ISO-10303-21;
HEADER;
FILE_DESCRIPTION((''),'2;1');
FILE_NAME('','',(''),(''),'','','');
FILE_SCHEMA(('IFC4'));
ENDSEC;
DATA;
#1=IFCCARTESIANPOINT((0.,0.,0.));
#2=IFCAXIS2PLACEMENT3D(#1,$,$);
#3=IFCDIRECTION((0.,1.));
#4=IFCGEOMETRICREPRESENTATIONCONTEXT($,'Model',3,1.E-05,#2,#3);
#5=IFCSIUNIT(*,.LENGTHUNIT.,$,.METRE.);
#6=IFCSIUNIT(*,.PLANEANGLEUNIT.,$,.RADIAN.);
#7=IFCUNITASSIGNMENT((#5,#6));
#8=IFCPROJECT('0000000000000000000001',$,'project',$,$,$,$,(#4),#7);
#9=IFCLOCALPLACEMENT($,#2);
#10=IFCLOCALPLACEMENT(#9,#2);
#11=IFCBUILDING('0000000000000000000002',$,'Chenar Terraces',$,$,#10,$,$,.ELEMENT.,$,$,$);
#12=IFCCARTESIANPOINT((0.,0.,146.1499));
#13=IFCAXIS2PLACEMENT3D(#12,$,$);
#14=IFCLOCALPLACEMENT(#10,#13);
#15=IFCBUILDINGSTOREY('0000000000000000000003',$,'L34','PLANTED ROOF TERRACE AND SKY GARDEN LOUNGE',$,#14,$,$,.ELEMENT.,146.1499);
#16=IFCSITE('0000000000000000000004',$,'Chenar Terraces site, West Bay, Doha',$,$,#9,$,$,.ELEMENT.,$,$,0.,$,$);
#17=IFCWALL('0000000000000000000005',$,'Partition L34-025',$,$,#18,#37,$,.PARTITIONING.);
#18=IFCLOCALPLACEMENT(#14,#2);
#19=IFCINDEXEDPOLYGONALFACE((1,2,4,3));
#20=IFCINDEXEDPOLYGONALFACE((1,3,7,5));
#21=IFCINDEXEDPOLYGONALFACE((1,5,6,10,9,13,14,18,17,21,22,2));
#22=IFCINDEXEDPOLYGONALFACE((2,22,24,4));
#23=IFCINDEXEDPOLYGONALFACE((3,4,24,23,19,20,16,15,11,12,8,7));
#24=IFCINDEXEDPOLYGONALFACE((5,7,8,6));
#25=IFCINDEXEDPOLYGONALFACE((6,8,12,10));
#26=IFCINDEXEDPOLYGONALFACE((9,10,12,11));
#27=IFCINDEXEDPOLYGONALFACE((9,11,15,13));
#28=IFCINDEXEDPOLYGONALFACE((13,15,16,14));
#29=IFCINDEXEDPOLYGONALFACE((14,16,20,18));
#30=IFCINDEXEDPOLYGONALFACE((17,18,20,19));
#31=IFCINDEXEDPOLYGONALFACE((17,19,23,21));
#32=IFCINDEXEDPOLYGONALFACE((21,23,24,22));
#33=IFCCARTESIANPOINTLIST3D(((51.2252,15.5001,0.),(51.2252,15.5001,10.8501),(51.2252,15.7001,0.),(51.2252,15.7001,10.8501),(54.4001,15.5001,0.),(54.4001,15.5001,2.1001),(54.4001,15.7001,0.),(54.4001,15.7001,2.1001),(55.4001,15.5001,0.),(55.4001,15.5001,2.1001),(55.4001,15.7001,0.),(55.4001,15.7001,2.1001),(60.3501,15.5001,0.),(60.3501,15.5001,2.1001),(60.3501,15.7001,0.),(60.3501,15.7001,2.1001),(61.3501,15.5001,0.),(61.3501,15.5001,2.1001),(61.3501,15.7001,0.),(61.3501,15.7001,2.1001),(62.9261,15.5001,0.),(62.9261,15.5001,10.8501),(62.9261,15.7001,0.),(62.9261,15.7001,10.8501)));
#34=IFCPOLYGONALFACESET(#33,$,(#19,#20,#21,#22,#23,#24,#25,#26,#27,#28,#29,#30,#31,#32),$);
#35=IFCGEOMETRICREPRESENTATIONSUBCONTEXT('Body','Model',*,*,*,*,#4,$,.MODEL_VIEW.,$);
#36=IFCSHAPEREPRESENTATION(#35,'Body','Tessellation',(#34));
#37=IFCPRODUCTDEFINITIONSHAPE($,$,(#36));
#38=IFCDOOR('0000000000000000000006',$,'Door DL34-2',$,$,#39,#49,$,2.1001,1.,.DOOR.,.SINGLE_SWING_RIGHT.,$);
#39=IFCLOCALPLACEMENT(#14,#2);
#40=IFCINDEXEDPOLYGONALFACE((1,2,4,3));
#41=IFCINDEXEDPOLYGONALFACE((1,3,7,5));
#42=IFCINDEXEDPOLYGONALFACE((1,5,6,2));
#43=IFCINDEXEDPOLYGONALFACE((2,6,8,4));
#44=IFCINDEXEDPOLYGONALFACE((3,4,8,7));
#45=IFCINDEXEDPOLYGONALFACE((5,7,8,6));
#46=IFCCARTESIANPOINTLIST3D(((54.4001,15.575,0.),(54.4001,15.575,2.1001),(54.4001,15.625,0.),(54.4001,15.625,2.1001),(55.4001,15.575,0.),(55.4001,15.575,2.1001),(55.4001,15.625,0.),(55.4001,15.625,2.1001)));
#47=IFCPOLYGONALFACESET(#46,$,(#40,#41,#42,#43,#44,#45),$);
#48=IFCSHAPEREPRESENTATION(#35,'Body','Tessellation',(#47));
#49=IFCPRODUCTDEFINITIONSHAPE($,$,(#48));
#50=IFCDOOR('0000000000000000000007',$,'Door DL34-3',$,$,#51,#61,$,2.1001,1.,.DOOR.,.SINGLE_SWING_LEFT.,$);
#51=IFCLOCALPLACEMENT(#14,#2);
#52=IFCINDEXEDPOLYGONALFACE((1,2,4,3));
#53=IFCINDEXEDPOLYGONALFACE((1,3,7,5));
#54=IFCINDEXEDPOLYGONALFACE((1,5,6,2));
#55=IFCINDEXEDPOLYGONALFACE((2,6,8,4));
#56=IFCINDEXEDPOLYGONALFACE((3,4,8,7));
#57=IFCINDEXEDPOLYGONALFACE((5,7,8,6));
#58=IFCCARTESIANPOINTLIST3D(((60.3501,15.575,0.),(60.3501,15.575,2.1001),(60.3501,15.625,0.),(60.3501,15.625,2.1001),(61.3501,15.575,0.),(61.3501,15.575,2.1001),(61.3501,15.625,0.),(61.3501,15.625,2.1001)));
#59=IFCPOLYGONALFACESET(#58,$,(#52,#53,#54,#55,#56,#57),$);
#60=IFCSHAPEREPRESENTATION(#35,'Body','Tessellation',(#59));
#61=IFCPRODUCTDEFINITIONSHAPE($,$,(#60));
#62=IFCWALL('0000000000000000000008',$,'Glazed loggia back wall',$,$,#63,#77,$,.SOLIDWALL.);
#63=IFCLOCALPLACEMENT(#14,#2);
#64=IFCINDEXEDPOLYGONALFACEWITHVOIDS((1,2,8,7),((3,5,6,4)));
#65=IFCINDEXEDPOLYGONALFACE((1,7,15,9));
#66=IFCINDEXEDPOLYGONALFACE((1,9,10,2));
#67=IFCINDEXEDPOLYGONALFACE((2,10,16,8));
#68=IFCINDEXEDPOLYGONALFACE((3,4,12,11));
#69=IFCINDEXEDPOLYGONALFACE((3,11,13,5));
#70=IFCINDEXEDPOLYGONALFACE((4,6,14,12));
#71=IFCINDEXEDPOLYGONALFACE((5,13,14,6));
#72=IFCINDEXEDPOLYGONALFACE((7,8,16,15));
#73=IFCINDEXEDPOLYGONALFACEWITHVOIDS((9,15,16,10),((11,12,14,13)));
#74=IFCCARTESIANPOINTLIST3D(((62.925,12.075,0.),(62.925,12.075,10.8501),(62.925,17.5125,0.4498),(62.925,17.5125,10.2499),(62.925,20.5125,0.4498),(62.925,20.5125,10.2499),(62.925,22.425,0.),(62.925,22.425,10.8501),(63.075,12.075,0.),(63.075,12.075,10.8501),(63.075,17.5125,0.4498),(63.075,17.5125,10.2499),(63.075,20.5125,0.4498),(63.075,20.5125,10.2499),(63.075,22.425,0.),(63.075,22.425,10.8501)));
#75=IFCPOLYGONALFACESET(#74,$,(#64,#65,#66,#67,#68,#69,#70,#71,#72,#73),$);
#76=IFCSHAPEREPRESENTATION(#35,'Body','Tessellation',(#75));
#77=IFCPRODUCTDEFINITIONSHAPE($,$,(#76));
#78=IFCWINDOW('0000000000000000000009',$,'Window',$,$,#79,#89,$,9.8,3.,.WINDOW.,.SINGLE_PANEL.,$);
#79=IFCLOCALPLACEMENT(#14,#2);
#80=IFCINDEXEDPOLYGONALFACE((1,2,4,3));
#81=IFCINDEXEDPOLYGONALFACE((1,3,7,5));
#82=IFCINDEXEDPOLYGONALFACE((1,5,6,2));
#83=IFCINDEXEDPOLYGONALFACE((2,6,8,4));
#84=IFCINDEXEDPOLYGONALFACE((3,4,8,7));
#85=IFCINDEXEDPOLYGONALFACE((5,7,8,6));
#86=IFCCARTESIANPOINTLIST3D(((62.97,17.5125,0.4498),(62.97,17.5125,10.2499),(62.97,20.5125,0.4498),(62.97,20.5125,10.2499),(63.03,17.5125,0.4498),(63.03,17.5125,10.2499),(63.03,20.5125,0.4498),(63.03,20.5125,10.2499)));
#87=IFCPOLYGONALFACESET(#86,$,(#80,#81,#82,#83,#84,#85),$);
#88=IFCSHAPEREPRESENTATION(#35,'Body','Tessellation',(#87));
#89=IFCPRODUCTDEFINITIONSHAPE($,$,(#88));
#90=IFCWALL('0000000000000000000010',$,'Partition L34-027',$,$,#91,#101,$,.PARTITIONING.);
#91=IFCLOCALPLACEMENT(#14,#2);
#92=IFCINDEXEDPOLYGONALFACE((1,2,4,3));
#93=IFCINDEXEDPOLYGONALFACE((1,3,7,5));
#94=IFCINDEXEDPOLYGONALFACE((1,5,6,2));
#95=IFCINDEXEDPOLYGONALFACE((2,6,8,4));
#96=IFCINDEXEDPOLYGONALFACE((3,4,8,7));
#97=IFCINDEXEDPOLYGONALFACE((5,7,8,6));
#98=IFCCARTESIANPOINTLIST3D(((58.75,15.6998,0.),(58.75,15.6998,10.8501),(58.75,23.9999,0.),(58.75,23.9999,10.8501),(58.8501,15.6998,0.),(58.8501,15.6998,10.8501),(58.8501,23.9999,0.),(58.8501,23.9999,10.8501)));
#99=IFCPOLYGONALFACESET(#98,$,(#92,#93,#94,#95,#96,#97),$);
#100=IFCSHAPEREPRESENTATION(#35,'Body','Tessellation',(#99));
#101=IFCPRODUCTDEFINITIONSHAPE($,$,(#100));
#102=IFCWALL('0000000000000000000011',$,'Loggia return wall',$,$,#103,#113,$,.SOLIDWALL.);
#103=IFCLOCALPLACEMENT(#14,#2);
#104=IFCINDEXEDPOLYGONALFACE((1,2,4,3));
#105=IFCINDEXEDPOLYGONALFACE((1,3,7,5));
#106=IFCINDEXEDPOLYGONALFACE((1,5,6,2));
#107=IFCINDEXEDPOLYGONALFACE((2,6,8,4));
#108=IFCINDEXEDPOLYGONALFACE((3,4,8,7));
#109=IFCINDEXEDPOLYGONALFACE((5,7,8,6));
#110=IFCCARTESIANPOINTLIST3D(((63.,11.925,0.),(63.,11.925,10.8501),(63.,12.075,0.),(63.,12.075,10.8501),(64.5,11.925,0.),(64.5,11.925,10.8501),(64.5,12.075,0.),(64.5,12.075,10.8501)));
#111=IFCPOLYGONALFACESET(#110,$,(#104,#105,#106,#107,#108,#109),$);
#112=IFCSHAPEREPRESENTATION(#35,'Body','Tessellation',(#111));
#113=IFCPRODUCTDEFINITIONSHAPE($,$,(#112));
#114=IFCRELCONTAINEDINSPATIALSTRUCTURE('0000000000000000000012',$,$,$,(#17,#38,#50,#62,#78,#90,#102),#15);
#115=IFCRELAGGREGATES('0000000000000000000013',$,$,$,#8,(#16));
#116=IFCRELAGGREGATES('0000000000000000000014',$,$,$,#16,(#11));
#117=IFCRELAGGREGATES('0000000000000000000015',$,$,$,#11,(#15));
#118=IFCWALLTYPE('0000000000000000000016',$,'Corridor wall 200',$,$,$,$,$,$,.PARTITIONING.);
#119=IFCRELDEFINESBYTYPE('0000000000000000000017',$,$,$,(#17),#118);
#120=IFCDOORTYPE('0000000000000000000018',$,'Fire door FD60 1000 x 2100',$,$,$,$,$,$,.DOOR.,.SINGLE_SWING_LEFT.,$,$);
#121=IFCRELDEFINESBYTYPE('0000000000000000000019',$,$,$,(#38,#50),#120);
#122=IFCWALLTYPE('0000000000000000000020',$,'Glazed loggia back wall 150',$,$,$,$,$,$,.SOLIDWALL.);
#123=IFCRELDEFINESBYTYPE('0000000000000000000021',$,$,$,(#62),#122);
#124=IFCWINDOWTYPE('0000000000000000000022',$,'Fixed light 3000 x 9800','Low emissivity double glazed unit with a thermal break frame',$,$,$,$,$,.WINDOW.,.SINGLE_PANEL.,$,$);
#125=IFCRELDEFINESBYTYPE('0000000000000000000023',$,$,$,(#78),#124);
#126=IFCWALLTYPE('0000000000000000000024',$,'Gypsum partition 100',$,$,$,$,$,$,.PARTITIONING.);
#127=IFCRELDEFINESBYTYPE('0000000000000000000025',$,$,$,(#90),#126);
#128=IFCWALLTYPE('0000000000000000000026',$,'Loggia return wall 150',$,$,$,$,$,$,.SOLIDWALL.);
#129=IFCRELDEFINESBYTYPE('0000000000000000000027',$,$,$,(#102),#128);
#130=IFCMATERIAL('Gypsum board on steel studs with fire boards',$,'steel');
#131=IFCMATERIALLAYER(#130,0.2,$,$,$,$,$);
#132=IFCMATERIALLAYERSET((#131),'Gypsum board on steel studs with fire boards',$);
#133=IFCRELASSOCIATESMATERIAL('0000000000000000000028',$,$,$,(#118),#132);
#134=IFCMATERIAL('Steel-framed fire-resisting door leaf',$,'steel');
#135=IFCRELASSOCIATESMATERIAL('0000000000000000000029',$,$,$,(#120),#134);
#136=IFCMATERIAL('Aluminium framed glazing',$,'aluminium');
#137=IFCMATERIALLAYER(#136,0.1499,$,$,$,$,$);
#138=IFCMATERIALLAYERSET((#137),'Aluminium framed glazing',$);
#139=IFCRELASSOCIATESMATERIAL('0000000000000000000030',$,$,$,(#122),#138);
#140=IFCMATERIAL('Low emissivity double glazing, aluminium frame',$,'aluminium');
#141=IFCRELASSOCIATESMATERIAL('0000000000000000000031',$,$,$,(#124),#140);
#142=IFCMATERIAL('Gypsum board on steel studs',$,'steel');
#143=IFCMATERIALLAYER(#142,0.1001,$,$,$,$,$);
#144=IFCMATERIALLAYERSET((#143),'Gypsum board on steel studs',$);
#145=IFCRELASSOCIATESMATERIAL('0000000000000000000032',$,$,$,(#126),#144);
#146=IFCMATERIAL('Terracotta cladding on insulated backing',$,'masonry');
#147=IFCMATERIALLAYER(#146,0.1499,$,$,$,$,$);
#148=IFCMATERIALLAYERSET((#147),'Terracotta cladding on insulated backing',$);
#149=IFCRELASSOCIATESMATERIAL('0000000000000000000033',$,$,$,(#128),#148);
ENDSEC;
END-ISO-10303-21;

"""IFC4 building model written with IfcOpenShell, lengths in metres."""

from ifc_helpers import new_model, si_unit, direction, frame, frame_2d, origin, place, context, subcontext, project, spatial, rectangle, extrude, material, layer, layer_set, type_object, element, fill, save


model = new_model("IFC4")

# Units and contexts
model_context = context("Model", 3, precision=1e-05, world=origin(), true_north=direction((0.0, 1.0)))
body_context = subcontext(model_context, "Body", "Model", "MODEL_VIEW")
ifc_project = project(units=[si_unit("LENGTHUNIT", "METRE"), si_unit("PLANEANGLEUNIT", "RADIAN")], contexts=[model_context])

# Site, building, storey
site_placement = place(None, origin())
site = spatial("IfcSite", under=ifc_project, at=site_placement, Name="Chenar Terraces site, West Bay, Doha", CompositionType="ELEMENT", RefElevation=0.0)
building_placement = place(site_placement, origin())
building = spatial("IfcBuilding", under=site, at=building_placement, Name="Chenar Terraces", CompositionType="ELEMENT")
storey_placement = place(building_placement, frame((0.0, 0.0, 146.1499)))
storey = spatial("IfcBuildingStorey", under=building, at=storey_placement, Name="L34", Description="PLANTED ROOF TERRACE AND SKY GARDEN LOUNGE", CompositionType="ELEMENT", Elevation=146.1499)

# Wall, openings, doors
ifc_material_1 = material(Name="Gypsum board on steel studs with fire boards", Category="steel")
ifc_layer_1 = layer(ifc_material_1, 0.2)
ifc_layer_set_1 = layer_set([ifc_layer_1], Name="Gypsum board on steel studs with fire boards")
wall_type_1 = type_object("IfcWallType", Name="Corridor wall 200", PredefinedType="PARTITIONING", material=ifc_layer_set_1)
wall_1_placement = place(storey_placement, frame((51.2251, 15.6001, 0.0), z_axis=(0.0, 0.0, 1.0), x_axis=(1.0, 0.0, 0.0)))
wall_1 = element("IfcWall", 1, at=wall_1_placement, inside=storey, type_object=wall_type_1, Name="Partition L34-025", PredefinedType="PARTITIONING", context=body_context, shape_type="SweptSolid", body=[
    extrude(rectangle(XDim=11.7009, YDim=0.2, at=frame_2d((5.8506, 0.0))), origin(), (0.0, 0.0, 1.0), 10.8501),
])
opening_1_placement = place(wall_1_placement, frame((3.175, 0.0, 0.0)))
opening_1 = element("IfcOpeningElement", 2, at=opening_1_placement, cuts=wall_1, PredefinedType="OPENING", context=body_context, shape_type="SweptSolid", body=[
    extrude(rectangle(XDim=1.0, YDim=2.1001, at=frame_2d((0.5, 1.05))), frame((0.0, 0.1099, 0.0), z_axis=(0.0, -1.0, 0.0), x_axis=(1.0, 0.0, 0.0)), (0.0, 0.0, 1.0), 0.22),
])
opening_2_placement = place(wall_1_placement, frame((9.125, 0.0, 0.0)))
opening_2 = element("IfcOpeningElement", 3, at=opening_2_placement, cuts=wall_1, PredefinedType="OPENING", context=body_context, shape_type="SweptSolid", body=[
    extrude(rectangle(XDim=1.0, YDim=2.1001, at=frame_2d((0.5, 1.05))), frame((0.0, 0.1099, 0.0), z_axis=(0.0, -1.0, 0.0), x_axis=(1.0, 0.0, 0.0)), (0.0, 0.0, 1.0), 0.22),
])
ifc_material_2 = material(Name="Steel-framed fire-resisting door leaf", Category="steel")
door_type = type_object("IfcDoorType", Name="Fire door FD60 1000 x 2100", OperationType="SINGLE_SWING_LEFT", PredefinedType="DOOR", material=ifc_material_2)
door_1_placement = place(opening_1_placement, origin())
door_1 = element("IfcDoor", 4, at=door_1_placement, inside=storey, type_object=door_type, Name="Door DL34-2", OperationType="SINGLE_SWING_RIGHT", OverallHeight=2.1001, OverallWidth=1.0, PredefinedType="DOOR", context=body_context, shape_type="SweptSolid", body=[
    extrude(rectangle(XDim=1.0, YDim=2.1001, at=frame_2d((0.5, 1.05))), frame((0.0, 0.0249, 0.0), z_axis=(0.0, -1.0, 0.0), x_axis=(1.0, 0.0, 0.0)), (0.0, 0.0, 1.0), 0.05),
])
fill(opening_1, door_1)
door_2_placement = place(opening_2_placement, origin())
door_2 = element("IfcDoor", 5, at=door_2_placement, inside=storey, type_object=door_type, Name="Door DL34-3", OperationType="SINGLE_SWING_LEFT", OverallHeight=2.1001, OverallWidth=1.0, PredefinedType="DOOR", context=body_context, shape_type="SweptSolid", body=[
    extrude(rectangle(XDim=1.0, YDim=2.1001, at=frame_2d((0.5, 1.05))), frame((0.0, 0.0249, 0.0), z_axis=(0.0, -1.0, 0.0), x_axis=(1.0, 0.0, 0.0)), (0.0, 0.0, 1.0), 0.05),
])
fill(opening_2, door_2)

# Wall, opening, window
ifc_material_3 = material(Name="Aluminium framed glazing", Category="aluminium")
ifc_layer_2 = layer(ifc_material_3, 0.1499)
ifc_layer_set_2 = layer_set([ifc_layer_2], Name="Aluminium framed glazing")
wall_type_2 = type_object("IfcWallType", Name="Glazed loggia back wall 150", PredefinedType="SOLIDWALL", material=ifc_layer_set_2)
wall_2_placement = place(storey_placement, frame((63.0, 12.075, 0.0), z_axis=(0.0, 0.0, 1.0), x_axis=(0.0, 1.0, 0.0)))
wall_2 = element("IfcWall", 6, at=wall_2_placement, inside=storey, type_object=wall_type_2, Name="Glazed loggia back wall", PredefinedType="SOLIDWALL", context=body_context, shape_type="SweptSolid", body=[
    extrude(rectangle(XDim=10.3501, YDim=0.1499, at=frame_2d((5.175, 0.0))), origin(), (0.0, 0.0, 1.0), 10.8501),
])
opening_3_placement = place(wall_2_placement, frame((5.4375, 0.0, 0.45)))
opening_3 = element("IfcOpeningElement", 7, at=opening_3_placement, cuts=wall_2, PredefinedType="OPENING", context=body_context, shape_type="SweptSolid", body=[
    extrude(rectangle(XDim=3.0, YDim=9.8, at=frame_2d((1.5, 4.8999))), frame((0.0, 0.085, 0.0), z_axis=(0.0, -1.0, 0.0), x_axis=(1.0, 0.0, 0.0)), (0.0, 0.0, 1.0), 0.1699),
])
ifc_material_4 = material(Name="Low emissivity double glazing, aluminium frame", Category="aluminium")
window_type = type_object("IfcWindowType", Name="Fixed light 3000 x 9800", Description="Low emissivity double glazed unit with a thermal break frame", PartitioningType="SINGLE_PANEL", PredefinedType="WINDOW", material=ifc_material_4)
window_placement = place(opening_3_placement, origin())
window = element("IfcWindow", 8, at=window_placement, inside=storey, type_object=window_type, Name="Window", OverallHeight=9.8, OverallWidth=3.0, PartitioningType="SINGLE_PANEL", PredefinedType="WINDOW", context=body_context, shape_type="SweptSolid", body=[
    extrude(rectangle(XDim=3.0, YDim=9.8, at=frame_2d((1.5, 4.8999))), frame((0.0, 0.03, 0.0), z_axis=(0.0, -1.0, 0.0), x_axis=(1.0, 0.0, 0.0)), (0.0, 0.0, 1.0), 0.0601),
])
fill(opening_3, window)

# Walls
ifc_material_5 = material(Name="Gypsum board on steel studs", Category="steel")
ifc_layer_3 = layer(ifc_material_5, 0.1001)
ifc_layer_set_3 = layer_set([ifc_layer_3], Name="Gypsum board on steel studs")
wall_type_3 = type_object("IfcWallType", Name="Gypsum partition 100", PredefinedType="PARTITIONING", material=ifc_layer_set_3)
wall_3_placement = place(storey_placement, frame((58.8, 15.7, 0.0), z_axis=(0.0, 0.0, 1.0), x_axis=(0.0, 1.0, 0.0)))
element("IfcWall", 9, at=wall_3_placement, inside=storey, type_object=wall_type_3, Name="Partition L34-027", PredefinedType="PARTITIONING", context=body_context, shape_type="SweptSolid", body=[
    extrude(rectangle(XDim=8.3, YDim=0.1001, at=frame_2d((4.1499, 0.0))), origin(), (0.0, 0.0, 1.0), 10.8501),
])
ifc_material_6 = material(Name="Terracotta cladding on insulated backing", Category="masonry")
ifc_layer_4 = layer(ifc_material_6, 0.1499)
ifc_layer_set_4 = layer_set([ifc_layer_4], Name="Terracotta cladding on insulated backing")
wall_type_4 = type_object("IfcWallType", Name="Loggia return wall 150", PredefinedType="SOLIDWALL", material=ifc_layer_set_4)
wall_4_placement = place(storey_placement, frame((64.5, 12.0, 0.0), z_axis=(0.0, 0.0, 1.0), x_axis=(-1.0, 0.0, 0.0)))
element("IfcWall", 10, at=wall_4_placement, inside=storey, type_object=wall_type_4, Name="Loggia return wall", PredefinedType="SOLIDWALL", context=body_context, shape_type="SweptSolid", body=[
    extrude(rectangle(XDim=1.5, YDim=0.1499, at=frame_2d((0.75, 0.0))), origin(), (0.0, 0.0, 1.0), 10.8501),
])

save(model, "model.ifc")
